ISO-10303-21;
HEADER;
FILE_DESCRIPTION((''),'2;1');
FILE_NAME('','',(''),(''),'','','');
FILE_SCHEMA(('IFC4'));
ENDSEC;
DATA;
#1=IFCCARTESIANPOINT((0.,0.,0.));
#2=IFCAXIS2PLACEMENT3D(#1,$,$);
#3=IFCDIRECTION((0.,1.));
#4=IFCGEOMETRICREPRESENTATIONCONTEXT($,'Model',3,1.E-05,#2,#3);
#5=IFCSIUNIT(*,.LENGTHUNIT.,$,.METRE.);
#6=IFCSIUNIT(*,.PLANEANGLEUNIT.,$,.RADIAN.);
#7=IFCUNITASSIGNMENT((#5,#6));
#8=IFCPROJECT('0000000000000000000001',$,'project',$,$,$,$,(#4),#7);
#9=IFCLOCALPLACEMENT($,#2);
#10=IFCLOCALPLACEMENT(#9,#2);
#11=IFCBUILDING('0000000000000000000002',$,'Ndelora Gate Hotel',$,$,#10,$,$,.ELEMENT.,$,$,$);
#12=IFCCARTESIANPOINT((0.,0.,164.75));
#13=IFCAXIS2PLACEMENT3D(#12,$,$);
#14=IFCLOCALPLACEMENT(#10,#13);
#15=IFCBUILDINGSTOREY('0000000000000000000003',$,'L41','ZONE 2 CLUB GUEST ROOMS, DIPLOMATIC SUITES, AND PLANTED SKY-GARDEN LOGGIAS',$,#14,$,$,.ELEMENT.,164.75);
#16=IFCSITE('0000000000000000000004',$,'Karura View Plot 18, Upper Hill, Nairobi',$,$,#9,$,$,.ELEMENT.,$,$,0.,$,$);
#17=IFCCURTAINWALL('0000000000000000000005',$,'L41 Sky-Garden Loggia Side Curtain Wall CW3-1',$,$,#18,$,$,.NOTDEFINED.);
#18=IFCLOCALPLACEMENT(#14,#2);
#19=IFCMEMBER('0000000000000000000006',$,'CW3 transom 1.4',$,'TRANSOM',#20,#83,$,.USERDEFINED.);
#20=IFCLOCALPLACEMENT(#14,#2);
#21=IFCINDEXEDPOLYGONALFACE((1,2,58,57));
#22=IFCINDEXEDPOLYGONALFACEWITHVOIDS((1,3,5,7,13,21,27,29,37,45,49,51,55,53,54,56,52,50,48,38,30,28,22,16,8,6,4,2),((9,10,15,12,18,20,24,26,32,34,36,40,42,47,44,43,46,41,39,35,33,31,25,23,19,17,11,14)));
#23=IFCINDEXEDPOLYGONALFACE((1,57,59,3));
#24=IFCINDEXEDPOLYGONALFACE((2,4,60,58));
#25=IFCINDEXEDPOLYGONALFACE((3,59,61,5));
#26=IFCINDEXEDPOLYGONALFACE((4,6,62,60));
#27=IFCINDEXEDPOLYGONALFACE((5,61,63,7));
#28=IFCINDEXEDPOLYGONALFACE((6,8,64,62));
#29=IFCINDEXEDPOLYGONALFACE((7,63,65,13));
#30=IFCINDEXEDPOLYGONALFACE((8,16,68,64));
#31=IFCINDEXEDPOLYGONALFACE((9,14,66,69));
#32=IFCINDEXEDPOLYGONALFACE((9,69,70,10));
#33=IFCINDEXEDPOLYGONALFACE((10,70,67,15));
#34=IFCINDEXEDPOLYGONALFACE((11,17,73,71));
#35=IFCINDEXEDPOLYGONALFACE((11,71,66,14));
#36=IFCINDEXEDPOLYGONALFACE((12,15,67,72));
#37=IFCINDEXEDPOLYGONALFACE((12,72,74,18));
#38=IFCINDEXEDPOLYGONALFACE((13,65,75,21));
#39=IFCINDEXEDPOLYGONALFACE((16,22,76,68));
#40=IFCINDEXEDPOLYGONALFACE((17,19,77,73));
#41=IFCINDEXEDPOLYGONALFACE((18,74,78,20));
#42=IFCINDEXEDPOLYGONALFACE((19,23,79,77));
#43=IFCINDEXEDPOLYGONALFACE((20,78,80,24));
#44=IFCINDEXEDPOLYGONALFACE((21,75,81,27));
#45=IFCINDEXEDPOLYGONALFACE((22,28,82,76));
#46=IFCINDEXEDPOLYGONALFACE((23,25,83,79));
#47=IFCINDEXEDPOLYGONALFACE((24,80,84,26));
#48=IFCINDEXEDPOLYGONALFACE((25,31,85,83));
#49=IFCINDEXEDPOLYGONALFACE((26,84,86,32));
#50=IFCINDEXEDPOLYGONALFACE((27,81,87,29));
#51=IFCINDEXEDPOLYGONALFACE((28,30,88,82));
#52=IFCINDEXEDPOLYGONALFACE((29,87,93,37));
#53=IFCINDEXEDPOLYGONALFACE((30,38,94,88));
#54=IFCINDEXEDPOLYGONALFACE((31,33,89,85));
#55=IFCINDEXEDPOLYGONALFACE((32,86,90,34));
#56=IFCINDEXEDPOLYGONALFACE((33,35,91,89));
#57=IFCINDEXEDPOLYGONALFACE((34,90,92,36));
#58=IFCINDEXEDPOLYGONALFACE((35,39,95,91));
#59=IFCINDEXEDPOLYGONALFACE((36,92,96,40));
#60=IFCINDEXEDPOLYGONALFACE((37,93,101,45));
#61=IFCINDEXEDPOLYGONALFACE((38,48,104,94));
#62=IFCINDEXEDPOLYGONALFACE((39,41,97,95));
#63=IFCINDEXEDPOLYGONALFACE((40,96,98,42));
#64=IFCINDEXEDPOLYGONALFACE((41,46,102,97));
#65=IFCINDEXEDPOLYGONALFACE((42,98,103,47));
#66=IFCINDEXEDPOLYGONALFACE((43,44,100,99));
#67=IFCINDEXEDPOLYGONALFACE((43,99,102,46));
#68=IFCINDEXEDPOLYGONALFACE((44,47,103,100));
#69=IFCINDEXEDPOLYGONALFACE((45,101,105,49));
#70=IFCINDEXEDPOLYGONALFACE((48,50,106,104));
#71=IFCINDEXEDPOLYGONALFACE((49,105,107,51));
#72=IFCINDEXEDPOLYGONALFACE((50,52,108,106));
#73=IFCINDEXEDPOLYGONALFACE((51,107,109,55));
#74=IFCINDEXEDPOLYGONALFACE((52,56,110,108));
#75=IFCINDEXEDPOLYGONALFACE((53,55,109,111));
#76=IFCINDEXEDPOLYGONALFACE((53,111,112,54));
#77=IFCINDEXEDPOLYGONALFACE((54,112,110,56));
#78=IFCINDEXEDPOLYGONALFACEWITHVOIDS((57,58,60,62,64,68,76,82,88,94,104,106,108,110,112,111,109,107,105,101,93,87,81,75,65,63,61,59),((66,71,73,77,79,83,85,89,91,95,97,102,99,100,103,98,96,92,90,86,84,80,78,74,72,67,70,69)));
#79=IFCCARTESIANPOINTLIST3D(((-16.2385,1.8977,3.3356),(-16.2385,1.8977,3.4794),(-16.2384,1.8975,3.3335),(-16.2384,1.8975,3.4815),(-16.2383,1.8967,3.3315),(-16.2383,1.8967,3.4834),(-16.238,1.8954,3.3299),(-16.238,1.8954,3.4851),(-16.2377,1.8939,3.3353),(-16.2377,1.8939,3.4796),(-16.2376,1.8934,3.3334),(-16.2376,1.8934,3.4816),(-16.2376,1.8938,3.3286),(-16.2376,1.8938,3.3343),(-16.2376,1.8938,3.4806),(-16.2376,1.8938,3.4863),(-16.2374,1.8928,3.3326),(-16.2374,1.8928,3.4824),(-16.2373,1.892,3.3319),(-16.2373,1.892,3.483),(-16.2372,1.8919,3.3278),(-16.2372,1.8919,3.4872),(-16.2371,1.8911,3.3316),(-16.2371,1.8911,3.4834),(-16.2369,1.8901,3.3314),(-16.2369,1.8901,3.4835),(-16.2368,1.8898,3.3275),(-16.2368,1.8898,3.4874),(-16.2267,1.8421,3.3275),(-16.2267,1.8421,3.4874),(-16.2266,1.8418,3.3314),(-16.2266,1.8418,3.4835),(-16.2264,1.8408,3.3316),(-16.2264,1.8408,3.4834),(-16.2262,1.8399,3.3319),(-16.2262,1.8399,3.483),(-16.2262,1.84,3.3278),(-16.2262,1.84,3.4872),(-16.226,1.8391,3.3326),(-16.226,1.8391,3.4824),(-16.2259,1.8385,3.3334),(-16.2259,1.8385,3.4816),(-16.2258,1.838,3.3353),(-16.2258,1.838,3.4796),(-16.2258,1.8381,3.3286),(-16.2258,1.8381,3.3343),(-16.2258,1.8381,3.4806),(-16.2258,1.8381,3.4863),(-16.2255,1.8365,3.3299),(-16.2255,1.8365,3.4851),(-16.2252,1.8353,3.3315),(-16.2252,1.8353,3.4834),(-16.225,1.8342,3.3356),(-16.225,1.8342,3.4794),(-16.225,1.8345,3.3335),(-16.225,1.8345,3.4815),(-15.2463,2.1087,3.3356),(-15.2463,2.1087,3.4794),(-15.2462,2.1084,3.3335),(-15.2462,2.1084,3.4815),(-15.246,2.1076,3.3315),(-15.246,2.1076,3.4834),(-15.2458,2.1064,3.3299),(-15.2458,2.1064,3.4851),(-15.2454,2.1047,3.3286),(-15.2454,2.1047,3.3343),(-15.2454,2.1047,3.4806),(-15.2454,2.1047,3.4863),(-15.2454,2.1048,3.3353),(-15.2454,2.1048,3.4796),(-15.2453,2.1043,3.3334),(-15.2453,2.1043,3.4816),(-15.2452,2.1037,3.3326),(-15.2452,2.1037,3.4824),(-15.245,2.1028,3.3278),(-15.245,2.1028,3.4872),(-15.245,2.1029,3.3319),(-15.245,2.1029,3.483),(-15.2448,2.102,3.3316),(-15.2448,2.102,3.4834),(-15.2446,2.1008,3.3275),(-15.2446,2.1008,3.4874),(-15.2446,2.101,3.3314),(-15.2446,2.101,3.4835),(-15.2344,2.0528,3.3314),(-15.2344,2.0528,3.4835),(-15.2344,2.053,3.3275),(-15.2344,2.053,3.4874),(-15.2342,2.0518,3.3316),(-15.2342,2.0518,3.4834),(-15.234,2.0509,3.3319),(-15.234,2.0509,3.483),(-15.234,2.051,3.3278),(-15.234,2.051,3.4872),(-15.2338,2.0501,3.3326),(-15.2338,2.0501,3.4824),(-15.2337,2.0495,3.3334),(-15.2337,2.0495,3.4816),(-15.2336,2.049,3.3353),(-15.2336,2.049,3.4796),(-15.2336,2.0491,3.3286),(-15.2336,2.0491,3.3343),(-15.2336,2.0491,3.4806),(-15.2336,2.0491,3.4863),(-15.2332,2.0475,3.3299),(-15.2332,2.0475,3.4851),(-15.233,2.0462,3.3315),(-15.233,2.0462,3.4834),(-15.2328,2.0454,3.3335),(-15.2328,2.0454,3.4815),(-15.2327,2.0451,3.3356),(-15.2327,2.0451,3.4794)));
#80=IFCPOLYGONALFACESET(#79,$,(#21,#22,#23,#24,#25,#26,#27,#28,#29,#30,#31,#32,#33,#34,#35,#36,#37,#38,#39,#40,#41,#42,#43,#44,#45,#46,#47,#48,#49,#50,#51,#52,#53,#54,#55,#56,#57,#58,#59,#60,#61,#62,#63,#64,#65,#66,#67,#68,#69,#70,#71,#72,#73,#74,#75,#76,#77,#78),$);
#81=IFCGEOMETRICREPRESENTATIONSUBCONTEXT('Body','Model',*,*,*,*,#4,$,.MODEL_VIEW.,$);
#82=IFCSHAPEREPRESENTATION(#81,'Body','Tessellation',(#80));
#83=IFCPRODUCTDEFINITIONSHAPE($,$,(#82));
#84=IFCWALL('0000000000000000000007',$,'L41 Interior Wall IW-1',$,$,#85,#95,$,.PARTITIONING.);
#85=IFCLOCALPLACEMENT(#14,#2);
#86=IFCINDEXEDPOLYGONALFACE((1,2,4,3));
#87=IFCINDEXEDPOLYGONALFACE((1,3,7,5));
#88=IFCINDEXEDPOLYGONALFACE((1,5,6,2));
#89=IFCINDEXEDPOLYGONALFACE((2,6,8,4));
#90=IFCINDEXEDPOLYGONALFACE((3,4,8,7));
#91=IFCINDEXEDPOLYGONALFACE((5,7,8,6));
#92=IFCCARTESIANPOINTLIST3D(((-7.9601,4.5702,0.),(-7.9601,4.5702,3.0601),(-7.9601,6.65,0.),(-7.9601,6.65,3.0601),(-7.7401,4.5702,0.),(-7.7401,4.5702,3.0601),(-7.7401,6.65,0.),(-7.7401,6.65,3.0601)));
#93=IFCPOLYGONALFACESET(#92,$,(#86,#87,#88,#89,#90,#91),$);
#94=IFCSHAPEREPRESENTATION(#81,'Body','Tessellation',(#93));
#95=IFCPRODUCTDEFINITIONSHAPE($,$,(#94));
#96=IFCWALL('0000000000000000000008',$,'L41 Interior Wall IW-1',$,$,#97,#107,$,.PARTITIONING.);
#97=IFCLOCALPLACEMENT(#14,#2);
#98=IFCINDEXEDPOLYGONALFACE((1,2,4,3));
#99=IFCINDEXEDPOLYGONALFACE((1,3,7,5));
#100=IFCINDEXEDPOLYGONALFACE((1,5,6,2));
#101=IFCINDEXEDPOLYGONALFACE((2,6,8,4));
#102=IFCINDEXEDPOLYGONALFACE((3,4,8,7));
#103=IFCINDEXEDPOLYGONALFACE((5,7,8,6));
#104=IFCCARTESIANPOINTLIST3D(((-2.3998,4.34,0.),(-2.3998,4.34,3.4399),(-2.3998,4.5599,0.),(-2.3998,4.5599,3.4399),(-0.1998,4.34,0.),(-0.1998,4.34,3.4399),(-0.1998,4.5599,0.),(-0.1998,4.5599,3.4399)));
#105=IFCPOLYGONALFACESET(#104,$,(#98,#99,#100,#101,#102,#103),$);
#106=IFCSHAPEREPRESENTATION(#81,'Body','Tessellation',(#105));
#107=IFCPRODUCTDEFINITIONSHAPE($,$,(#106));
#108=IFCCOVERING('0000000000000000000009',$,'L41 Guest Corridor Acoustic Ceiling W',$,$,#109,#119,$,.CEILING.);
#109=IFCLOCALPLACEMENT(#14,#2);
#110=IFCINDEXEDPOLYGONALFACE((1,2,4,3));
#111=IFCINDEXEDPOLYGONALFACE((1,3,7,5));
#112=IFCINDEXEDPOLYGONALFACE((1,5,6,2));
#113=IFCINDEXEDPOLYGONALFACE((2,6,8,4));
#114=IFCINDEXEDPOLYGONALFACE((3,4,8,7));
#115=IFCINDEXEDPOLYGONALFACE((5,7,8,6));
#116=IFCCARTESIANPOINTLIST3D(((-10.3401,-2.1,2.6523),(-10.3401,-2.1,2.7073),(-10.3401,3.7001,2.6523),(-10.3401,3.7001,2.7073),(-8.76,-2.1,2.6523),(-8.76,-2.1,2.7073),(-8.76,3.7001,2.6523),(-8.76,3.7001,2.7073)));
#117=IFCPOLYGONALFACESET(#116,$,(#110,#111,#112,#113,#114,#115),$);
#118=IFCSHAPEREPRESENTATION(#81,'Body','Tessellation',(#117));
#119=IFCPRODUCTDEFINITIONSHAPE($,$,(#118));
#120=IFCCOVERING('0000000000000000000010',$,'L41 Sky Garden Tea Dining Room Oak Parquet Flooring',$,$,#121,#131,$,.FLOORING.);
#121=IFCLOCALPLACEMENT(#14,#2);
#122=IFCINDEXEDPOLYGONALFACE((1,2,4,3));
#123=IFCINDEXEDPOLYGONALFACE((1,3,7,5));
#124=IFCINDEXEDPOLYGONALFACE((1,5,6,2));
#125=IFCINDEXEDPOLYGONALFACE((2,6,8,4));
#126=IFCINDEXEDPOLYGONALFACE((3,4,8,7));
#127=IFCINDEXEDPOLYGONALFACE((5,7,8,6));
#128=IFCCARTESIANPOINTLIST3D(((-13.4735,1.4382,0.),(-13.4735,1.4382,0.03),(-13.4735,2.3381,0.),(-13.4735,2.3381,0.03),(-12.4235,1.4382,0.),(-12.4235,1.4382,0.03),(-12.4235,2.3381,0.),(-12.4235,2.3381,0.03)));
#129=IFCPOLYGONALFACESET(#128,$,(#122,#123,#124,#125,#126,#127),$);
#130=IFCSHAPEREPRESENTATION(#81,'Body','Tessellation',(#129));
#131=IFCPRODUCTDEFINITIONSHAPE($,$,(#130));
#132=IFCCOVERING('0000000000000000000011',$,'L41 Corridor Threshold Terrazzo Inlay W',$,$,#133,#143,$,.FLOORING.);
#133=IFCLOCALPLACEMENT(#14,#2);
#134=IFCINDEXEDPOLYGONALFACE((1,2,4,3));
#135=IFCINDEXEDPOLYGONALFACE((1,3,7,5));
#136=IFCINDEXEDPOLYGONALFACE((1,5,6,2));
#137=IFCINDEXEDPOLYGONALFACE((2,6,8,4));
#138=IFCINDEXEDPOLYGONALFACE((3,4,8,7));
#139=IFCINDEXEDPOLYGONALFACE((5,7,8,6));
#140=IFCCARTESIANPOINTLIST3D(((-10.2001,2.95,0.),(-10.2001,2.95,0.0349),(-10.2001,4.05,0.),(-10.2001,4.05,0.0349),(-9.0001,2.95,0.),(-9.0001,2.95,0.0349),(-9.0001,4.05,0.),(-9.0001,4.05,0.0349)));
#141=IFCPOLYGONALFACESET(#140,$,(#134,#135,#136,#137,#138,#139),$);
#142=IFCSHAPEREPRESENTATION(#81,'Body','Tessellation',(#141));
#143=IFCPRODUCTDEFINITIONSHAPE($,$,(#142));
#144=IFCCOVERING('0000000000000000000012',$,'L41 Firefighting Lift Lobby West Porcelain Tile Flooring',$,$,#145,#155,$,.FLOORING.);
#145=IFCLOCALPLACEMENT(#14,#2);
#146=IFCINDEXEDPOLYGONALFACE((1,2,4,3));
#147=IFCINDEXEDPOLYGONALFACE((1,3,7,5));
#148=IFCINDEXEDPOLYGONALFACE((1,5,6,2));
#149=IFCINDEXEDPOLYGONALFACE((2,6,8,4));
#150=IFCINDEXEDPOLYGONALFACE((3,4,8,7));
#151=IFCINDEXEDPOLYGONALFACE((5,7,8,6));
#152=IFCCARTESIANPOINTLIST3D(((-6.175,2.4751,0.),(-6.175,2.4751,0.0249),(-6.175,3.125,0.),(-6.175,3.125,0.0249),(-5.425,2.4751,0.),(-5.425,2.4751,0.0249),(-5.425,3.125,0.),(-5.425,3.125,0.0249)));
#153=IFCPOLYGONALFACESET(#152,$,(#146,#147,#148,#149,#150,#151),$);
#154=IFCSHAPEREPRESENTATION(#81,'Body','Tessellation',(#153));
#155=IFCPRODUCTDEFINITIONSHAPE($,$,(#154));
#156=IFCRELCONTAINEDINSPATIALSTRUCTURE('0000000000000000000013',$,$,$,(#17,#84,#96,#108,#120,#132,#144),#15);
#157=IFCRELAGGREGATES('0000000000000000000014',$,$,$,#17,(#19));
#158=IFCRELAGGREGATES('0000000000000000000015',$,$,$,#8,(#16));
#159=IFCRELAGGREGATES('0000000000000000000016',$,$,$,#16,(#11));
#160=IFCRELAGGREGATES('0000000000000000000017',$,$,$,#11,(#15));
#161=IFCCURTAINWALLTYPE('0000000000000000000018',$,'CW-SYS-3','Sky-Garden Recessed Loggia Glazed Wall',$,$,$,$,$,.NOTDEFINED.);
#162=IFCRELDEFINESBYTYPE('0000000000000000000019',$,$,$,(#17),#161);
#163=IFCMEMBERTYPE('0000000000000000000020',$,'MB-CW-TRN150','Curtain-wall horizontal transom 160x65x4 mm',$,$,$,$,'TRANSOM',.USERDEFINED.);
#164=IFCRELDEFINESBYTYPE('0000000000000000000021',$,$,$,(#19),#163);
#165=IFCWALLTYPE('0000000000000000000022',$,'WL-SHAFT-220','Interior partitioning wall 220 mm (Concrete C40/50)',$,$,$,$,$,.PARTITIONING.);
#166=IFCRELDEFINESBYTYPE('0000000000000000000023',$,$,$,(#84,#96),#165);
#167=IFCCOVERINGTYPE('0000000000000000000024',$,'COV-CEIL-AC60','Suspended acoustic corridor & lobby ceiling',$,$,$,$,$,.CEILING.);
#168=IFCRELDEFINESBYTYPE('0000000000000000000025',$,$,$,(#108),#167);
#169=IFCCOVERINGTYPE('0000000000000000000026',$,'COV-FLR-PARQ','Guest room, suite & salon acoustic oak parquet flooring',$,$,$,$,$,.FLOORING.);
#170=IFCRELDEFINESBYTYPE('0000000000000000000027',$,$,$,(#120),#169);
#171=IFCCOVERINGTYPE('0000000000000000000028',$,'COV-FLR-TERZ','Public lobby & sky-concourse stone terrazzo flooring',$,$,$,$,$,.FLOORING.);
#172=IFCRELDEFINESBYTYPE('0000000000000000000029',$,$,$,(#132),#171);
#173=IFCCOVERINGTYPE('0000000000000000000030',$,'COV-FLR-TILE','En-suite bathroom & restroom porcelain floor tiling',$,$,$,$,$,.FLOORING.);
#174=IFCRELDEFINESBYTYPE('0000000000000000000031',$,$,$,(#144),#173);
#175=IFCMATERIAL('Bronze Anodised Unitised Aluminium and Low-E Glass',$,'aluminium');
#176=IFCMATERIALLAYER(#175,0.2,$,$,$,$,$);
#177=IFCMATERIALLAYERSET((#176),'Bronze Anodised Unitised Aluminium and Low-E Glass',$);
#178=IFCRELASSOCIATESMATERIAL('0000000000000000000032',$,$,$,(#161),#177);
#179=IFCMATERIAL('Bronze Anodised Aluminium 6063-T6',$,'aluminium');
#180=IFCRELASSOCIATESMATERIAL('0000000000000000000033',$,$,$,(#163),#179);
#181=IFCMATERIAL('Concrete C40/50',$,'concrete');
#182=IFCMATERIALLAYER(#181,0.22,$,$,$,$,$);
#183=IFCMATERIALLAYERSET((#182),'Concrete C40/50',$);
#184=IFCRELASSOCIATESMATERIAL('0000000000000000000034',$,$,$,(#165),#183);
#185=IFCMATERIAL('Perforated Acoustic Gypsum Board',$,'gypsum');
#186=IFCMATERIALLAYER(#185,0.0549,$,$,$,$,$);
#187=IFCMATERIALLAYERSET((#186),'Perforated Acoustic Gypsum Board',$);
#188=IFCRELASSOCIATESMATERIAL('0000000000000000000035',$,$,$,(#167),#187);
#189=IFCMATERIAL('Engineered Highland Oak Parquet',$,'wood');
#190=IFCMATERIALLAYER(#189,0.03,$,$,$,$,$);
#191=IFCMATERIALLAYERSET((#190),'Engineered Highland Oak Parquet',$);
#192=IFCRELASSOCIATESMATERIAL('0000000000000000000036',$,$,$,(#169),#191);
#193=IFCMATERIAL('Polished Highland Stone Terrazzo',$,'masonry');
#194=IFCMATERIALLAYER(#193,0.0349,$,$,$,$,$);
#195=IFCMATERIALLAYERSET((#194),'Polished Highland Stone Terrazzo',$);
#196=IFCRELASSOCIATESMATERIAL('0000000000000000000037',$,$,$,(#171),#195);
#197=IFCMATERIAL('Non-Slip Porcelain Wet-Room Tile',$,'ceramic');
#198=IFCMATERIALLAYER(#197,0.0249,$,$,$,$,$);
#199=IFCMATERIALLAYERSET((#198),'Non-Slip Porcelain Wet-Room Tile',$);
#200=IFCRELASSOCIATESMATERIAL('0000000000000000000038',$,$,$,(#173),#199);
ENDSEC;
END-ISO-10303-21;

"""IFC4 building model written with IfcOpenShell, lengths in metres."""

from ifc_helpers import new_model, si_unit, direction, frame, frame_2d, origin, origin_2d, place, context, subcontext, project, spatial, rectangle, hollow_rectangle, extrude, material, layer, layer_set, material_profile, profile_set, type_object, element, aggregate, save


model = new_model("IFC4")

# Units and contexts
model_context = context("Model", 3, precision=1e-05, world=origin(), true_north=direction((0.0, 1.0)))
body_context = subcontext(model_context, "Body", "Model", "MODEL_VIEW")
ifc_project = project(units=[si_unit("LENGTHUNIT", "METRE"), si_unit("PLANEANGLEUNIT", "RADIAN")], contexts=[model_context])

# Site, building, storey
site_placement = place(None, origin())
site = spatial("IfcSite", under=ifc_project, at=site_placement, Name="Karura View Plot 18, Upper Hill, Nairobi", CompositionType="ELEMENT", RefElevation=0.0)
building_placement = place(site_placement, origin())
building = spatial("IfcBuilding", under=site, at=building_placement, Name="Ndelora Gate Hotel", CompositionType="ELEMENT")
storey_placement = place(building_placement, frame((0.0, 0.0, 164.75)))
storey = spatial("IfcBuildingStorey", under=building, at=storey_placement, Name="L41", Description="ZONE 2 CLUB GUEST ROOMS, DIPLOMATIC SUITES, AND PLANTED SKY-GARDEN LOGGIAS", CompositionType="ELEMENT", Elevation=164.75)

# Curtain wall, member
ifc_material_1 = material(Name="Bronze Anodised Unitised Aluminium and Low-E Glass", Category="aluminium")
ifc_layer_1 = layer(ifc_material_1, 0.2)
ifc_layer_set_1 = layer_set([ifc_layer_1], Name="Bronze Anodised Unitised Aluminium and Low-E Glass")
curtain_wall_type = type_object("IfcCurtainWallType", Name="CW-SYS-3", Description="Sky-Garden Recessed Loggia Glazed Wall", PredefinedType="NOTDEFINED", material=ifc_layer_set_1)
curtain_wall_placement = place(storey_placement, origin())
curtain_wall = element("IfcCurtainWall", 1, at=curtain_wall_placement, inside=storey, type_object=curtain_wall_type, Name="L41 Sky-Garden Loggia Side Curtain Wall CW3-1", PredefinedType="NOTDEFINED")
ifc_material_2 = material(Name="Bronze Anodised Aluminium 6063-T6", Category="aluminium")
ifc_material_profile_1 = material_profile(ifc_material_2, hollow_rectangle(XDim=0.0649, YDim=0.1599, WallThickness=0.0039, InnerFilletRadius=0.0039, OuterFilletRadius=0.0081, at=origin_2d()), Name="ALU 160x65x4")
ifc_profile_set_1 = profile_set([ifc_material_profile_1], Name="Bronze Anodised Aluminium 6063-T6")
member_type_1 = type_object("IfcMemberType", Name="MB-CW-TRN150", Description="Curtain-wall horizontal transom 160x65x4 mm", ElementType="TRANSOM", PredefinedType="USERDEFINED", material=ifc_profile_set_1)
member_1_placement = place(storey_placement, frame((-15.2395, 2.0769, 3.4075), z_axis=(-0.978139, -0.207951, 0.0), x_axis=(0.207951, -0.978139, 0.0)))
member_1 = element("IfcMember", 2, at=member_1_placement, type_object=member_type_1, Name="CW3 transom 1.4", ObjectType="TRANSOM", PredefinedType="USERDEFINED", context=body_context, shape_type="SweptSolid", body=[
    extrude(hollow_rectangle(XDim=0.0649, YDim=0.1599, WallThickness=0.0039, InnerFilletRadius=0.0039, OuterFilletRadius=0.0081, at=origin_2d()), origin(), (0.0, 0.0, 1.0), 1.0144),
])
aggregate(curtain_wall, [member_1])

# Shared definitions
ifc_material_3 = material(Name="Concrete C40/50", Category="concrete")
ifc_layer_2 = layer(ifc_material_3, 0.22)
ifc_layer_set_2 = layer_set([ifc_layer_2], Name="Concrete C40/50")
wall_type_1 = type_object("IfcWallType", Name="WL-SHAFT-220", Description="Interior partitioning wall 220 mm (Concrete C40/50)", PredefinedType="PARTITIONING", material=ifc_layer_set_2)

# Wall
wall_1_placement = place(storey_placement, frame((-7.8501, 4.5701, 0.0), z_axis=(0.0, 0.0, 1.0), x_axis=(0.0, 1.0, 0.0)))
element("IfcWall", 3, at=wall_1_placement, inside=storey, type_object=wall_type_1, Name="L41 Interior Wall IW-1", PredefinedType="PARTITIONING", context=body_context, shape_type="SweptSolid", body=[
    extrude(rectangle(XDim=2.0798, YDim=0.22, at=frame_2d((1.04, 0.0))), origin(), (0.0, 0.0, 1.0), 3.0601),
])

# Wall
wall_2_placement = place(storey_placement, frame((-2.3999, 4.45, 0.0), z_axis=(0.0, 0.0, 1.0), x_axis=(1.0, 0.0, 0.0)))
element("IfcWall", 4, at=wall_2_placement, inside=storey, type_object=wall_type_1, Name="L41 Interior Wall IW-1", PredefinedType="PARTITIONING", context=body_context, shape_type="SweptSolid", body=[
    extrude(rectangle(XDim=2.2, YDim=0.22, at=frame_2d((1.1001, 0.0))), origin(), (0.0, 0.0, 1.0), 3.4399),
])

# Coverings
ifc_material_4 = material(Name="Perforated Acoustic Gypsum Board", Category="gypsum")
ifc_layer_3 = layer(ifc_material_4, 0.0549)
ifc_layer_set_3 = layer_set([ifc_layer_3], Name="Perforated Acoustic Gypsum Board")
covering_type_1 = type_object("IfcCoveringType", Name="COV-CEIL-AC60", Description="Suspended acoustic corridor & lobby ceiling", PredefinedType="CEILING", material=ifc_layer_set_3)
covering_1_placement = place(storey_placement, frame((-9.55, 0.8, 2.6523), z_axis=(0.0, 0.0, 1.0), x_axis=(1.0, 0.0, 0.0)))
element("IfcCovering", 5, at=covering_1_placement, inside=storey, type_object=covering_type_1, Name="L41 Guest Corridor Acoustic Ceiling W", PredefinedType="CEILING", context=body_context, shape_type="SweptSolid", body=[
    extrude(rectangle(XDim=1.5801, YDim=5.8, at=origin_2d()), origin(), (0.0, 0.0, 1.0), 0.0549),
])
ifc_material_5 = material(Name="Engineered Highland Oak Parquet", Category="wood")
ifc_layer_4 = layer(ifc_material_5, 0.03)
ifc_layer_set_4 = layer_set([ifc_layer_4], Name="Engineered Highland Oak Parquet")
covering_type_2 = type_object("IfcCoveringType", Name="COV-FLR-PARQ", Description="Guest room, suite & salon acoustic oak parquet flooring", PredefinedType="FLOORING", material=ifc_layer_set_4)
covering_2_placement = place(storey_placement, frame((-12.9485, 1.8882, 0.0), z_axis=(0.0, 0.0, 1.0), x_axis=(1.0, 0.0, 0.0)))
element("IfcCovering", 6, at=covering_2_placement, inside=storey, type_object=covering_type_2, Name="L41 Sky Garden Tea Dining Room Oak Parquet Flooring", PredefinedType="FLOORING", context=body_context, shape_type="SweptSolid", body=[
    extrude(rectangle(XDim=1.05, YDim=0.8999, at=origin_2d()), origin(), (0.0, 0.0, 1.0), 0.03),
])
ifc_material_6 = material(Name="Polished Highland Stone Terrazzo", Category="masonry")
ifc_layer_5 = layer(ifc_material_6, 0.0349)
ifc_layer_set_5 = layer_set([ifc_layer_5], Name="Polished Highland Stone Terrazzo")
covering_type_3 = type_object("IfcCoveringType", Name="COV-FLR-TERZ", Description="Public lobby & sky-concourse stone terrazzo flooring", PredefinedType="FLOORING", material=ifc_layer_set_5)
covering_3_placement = place(storey_placement, frame((-9.6001, 3.5, 0.0), z_axis=(0.0, 0.0, 1.0), x_axis=(1.0, 0.0, 0.0)))
element("IfcCovering", 7, at=covering_3_placement, inside=storey, type_object=covering_type_3, Name="L41 Corridor Threshold Terrazzo Inlay W", PredefinedType="FLOORING", context=body_context, shape_type="SweptSolid", body=[
    extrude(rectangle(XDim=1.2, YDim=1.1001, at=origin_2d()), origin(), (0.0, 0.0, 1.0), 0.0349),
])
ifc_material_7 = material(Name="Non-Slip Porcelain Wet-Room Tile", Category="ceramic")
ifc_layer_6 = layer(ifc_material_7, 0.0249)
ifc_layer_set_6 = layer_set([ifc_layer_6], Name="Non-Slip Porcelain Wet-Room Tile")
covering_type_4 = type_object("IfcCoveringType", Name="COV-FLR-TILE", Description="En-suite bathroom & restroom porcelain floor tiling", PredefinedType="FLOORING", material=ifc_layer_set_6)
covering_4_placement = place(storey_placement, frame((-5.8, 2.8, 0.0), z_axis=(0.0, 0.0, 1.0), x_axis=(1.0, 0.0, 0.0)))
element("IfcCovering", 8, at=covering_4_placement, inside=storey, type_object=covering_type_4, Name="L41 Firefighting Lift Lobby West Porcelain Tile Flooring", PredefinedType="FLOORING", context=body_context, shape_type="SweptSolid", body=[
    extrude(rectangle(XDim=0.75, YDim=0.6499, at=origin_2d()), origin(), (0.0, 0.0, 1.0), 0.0249),
])

save(model, "model.ifc")
